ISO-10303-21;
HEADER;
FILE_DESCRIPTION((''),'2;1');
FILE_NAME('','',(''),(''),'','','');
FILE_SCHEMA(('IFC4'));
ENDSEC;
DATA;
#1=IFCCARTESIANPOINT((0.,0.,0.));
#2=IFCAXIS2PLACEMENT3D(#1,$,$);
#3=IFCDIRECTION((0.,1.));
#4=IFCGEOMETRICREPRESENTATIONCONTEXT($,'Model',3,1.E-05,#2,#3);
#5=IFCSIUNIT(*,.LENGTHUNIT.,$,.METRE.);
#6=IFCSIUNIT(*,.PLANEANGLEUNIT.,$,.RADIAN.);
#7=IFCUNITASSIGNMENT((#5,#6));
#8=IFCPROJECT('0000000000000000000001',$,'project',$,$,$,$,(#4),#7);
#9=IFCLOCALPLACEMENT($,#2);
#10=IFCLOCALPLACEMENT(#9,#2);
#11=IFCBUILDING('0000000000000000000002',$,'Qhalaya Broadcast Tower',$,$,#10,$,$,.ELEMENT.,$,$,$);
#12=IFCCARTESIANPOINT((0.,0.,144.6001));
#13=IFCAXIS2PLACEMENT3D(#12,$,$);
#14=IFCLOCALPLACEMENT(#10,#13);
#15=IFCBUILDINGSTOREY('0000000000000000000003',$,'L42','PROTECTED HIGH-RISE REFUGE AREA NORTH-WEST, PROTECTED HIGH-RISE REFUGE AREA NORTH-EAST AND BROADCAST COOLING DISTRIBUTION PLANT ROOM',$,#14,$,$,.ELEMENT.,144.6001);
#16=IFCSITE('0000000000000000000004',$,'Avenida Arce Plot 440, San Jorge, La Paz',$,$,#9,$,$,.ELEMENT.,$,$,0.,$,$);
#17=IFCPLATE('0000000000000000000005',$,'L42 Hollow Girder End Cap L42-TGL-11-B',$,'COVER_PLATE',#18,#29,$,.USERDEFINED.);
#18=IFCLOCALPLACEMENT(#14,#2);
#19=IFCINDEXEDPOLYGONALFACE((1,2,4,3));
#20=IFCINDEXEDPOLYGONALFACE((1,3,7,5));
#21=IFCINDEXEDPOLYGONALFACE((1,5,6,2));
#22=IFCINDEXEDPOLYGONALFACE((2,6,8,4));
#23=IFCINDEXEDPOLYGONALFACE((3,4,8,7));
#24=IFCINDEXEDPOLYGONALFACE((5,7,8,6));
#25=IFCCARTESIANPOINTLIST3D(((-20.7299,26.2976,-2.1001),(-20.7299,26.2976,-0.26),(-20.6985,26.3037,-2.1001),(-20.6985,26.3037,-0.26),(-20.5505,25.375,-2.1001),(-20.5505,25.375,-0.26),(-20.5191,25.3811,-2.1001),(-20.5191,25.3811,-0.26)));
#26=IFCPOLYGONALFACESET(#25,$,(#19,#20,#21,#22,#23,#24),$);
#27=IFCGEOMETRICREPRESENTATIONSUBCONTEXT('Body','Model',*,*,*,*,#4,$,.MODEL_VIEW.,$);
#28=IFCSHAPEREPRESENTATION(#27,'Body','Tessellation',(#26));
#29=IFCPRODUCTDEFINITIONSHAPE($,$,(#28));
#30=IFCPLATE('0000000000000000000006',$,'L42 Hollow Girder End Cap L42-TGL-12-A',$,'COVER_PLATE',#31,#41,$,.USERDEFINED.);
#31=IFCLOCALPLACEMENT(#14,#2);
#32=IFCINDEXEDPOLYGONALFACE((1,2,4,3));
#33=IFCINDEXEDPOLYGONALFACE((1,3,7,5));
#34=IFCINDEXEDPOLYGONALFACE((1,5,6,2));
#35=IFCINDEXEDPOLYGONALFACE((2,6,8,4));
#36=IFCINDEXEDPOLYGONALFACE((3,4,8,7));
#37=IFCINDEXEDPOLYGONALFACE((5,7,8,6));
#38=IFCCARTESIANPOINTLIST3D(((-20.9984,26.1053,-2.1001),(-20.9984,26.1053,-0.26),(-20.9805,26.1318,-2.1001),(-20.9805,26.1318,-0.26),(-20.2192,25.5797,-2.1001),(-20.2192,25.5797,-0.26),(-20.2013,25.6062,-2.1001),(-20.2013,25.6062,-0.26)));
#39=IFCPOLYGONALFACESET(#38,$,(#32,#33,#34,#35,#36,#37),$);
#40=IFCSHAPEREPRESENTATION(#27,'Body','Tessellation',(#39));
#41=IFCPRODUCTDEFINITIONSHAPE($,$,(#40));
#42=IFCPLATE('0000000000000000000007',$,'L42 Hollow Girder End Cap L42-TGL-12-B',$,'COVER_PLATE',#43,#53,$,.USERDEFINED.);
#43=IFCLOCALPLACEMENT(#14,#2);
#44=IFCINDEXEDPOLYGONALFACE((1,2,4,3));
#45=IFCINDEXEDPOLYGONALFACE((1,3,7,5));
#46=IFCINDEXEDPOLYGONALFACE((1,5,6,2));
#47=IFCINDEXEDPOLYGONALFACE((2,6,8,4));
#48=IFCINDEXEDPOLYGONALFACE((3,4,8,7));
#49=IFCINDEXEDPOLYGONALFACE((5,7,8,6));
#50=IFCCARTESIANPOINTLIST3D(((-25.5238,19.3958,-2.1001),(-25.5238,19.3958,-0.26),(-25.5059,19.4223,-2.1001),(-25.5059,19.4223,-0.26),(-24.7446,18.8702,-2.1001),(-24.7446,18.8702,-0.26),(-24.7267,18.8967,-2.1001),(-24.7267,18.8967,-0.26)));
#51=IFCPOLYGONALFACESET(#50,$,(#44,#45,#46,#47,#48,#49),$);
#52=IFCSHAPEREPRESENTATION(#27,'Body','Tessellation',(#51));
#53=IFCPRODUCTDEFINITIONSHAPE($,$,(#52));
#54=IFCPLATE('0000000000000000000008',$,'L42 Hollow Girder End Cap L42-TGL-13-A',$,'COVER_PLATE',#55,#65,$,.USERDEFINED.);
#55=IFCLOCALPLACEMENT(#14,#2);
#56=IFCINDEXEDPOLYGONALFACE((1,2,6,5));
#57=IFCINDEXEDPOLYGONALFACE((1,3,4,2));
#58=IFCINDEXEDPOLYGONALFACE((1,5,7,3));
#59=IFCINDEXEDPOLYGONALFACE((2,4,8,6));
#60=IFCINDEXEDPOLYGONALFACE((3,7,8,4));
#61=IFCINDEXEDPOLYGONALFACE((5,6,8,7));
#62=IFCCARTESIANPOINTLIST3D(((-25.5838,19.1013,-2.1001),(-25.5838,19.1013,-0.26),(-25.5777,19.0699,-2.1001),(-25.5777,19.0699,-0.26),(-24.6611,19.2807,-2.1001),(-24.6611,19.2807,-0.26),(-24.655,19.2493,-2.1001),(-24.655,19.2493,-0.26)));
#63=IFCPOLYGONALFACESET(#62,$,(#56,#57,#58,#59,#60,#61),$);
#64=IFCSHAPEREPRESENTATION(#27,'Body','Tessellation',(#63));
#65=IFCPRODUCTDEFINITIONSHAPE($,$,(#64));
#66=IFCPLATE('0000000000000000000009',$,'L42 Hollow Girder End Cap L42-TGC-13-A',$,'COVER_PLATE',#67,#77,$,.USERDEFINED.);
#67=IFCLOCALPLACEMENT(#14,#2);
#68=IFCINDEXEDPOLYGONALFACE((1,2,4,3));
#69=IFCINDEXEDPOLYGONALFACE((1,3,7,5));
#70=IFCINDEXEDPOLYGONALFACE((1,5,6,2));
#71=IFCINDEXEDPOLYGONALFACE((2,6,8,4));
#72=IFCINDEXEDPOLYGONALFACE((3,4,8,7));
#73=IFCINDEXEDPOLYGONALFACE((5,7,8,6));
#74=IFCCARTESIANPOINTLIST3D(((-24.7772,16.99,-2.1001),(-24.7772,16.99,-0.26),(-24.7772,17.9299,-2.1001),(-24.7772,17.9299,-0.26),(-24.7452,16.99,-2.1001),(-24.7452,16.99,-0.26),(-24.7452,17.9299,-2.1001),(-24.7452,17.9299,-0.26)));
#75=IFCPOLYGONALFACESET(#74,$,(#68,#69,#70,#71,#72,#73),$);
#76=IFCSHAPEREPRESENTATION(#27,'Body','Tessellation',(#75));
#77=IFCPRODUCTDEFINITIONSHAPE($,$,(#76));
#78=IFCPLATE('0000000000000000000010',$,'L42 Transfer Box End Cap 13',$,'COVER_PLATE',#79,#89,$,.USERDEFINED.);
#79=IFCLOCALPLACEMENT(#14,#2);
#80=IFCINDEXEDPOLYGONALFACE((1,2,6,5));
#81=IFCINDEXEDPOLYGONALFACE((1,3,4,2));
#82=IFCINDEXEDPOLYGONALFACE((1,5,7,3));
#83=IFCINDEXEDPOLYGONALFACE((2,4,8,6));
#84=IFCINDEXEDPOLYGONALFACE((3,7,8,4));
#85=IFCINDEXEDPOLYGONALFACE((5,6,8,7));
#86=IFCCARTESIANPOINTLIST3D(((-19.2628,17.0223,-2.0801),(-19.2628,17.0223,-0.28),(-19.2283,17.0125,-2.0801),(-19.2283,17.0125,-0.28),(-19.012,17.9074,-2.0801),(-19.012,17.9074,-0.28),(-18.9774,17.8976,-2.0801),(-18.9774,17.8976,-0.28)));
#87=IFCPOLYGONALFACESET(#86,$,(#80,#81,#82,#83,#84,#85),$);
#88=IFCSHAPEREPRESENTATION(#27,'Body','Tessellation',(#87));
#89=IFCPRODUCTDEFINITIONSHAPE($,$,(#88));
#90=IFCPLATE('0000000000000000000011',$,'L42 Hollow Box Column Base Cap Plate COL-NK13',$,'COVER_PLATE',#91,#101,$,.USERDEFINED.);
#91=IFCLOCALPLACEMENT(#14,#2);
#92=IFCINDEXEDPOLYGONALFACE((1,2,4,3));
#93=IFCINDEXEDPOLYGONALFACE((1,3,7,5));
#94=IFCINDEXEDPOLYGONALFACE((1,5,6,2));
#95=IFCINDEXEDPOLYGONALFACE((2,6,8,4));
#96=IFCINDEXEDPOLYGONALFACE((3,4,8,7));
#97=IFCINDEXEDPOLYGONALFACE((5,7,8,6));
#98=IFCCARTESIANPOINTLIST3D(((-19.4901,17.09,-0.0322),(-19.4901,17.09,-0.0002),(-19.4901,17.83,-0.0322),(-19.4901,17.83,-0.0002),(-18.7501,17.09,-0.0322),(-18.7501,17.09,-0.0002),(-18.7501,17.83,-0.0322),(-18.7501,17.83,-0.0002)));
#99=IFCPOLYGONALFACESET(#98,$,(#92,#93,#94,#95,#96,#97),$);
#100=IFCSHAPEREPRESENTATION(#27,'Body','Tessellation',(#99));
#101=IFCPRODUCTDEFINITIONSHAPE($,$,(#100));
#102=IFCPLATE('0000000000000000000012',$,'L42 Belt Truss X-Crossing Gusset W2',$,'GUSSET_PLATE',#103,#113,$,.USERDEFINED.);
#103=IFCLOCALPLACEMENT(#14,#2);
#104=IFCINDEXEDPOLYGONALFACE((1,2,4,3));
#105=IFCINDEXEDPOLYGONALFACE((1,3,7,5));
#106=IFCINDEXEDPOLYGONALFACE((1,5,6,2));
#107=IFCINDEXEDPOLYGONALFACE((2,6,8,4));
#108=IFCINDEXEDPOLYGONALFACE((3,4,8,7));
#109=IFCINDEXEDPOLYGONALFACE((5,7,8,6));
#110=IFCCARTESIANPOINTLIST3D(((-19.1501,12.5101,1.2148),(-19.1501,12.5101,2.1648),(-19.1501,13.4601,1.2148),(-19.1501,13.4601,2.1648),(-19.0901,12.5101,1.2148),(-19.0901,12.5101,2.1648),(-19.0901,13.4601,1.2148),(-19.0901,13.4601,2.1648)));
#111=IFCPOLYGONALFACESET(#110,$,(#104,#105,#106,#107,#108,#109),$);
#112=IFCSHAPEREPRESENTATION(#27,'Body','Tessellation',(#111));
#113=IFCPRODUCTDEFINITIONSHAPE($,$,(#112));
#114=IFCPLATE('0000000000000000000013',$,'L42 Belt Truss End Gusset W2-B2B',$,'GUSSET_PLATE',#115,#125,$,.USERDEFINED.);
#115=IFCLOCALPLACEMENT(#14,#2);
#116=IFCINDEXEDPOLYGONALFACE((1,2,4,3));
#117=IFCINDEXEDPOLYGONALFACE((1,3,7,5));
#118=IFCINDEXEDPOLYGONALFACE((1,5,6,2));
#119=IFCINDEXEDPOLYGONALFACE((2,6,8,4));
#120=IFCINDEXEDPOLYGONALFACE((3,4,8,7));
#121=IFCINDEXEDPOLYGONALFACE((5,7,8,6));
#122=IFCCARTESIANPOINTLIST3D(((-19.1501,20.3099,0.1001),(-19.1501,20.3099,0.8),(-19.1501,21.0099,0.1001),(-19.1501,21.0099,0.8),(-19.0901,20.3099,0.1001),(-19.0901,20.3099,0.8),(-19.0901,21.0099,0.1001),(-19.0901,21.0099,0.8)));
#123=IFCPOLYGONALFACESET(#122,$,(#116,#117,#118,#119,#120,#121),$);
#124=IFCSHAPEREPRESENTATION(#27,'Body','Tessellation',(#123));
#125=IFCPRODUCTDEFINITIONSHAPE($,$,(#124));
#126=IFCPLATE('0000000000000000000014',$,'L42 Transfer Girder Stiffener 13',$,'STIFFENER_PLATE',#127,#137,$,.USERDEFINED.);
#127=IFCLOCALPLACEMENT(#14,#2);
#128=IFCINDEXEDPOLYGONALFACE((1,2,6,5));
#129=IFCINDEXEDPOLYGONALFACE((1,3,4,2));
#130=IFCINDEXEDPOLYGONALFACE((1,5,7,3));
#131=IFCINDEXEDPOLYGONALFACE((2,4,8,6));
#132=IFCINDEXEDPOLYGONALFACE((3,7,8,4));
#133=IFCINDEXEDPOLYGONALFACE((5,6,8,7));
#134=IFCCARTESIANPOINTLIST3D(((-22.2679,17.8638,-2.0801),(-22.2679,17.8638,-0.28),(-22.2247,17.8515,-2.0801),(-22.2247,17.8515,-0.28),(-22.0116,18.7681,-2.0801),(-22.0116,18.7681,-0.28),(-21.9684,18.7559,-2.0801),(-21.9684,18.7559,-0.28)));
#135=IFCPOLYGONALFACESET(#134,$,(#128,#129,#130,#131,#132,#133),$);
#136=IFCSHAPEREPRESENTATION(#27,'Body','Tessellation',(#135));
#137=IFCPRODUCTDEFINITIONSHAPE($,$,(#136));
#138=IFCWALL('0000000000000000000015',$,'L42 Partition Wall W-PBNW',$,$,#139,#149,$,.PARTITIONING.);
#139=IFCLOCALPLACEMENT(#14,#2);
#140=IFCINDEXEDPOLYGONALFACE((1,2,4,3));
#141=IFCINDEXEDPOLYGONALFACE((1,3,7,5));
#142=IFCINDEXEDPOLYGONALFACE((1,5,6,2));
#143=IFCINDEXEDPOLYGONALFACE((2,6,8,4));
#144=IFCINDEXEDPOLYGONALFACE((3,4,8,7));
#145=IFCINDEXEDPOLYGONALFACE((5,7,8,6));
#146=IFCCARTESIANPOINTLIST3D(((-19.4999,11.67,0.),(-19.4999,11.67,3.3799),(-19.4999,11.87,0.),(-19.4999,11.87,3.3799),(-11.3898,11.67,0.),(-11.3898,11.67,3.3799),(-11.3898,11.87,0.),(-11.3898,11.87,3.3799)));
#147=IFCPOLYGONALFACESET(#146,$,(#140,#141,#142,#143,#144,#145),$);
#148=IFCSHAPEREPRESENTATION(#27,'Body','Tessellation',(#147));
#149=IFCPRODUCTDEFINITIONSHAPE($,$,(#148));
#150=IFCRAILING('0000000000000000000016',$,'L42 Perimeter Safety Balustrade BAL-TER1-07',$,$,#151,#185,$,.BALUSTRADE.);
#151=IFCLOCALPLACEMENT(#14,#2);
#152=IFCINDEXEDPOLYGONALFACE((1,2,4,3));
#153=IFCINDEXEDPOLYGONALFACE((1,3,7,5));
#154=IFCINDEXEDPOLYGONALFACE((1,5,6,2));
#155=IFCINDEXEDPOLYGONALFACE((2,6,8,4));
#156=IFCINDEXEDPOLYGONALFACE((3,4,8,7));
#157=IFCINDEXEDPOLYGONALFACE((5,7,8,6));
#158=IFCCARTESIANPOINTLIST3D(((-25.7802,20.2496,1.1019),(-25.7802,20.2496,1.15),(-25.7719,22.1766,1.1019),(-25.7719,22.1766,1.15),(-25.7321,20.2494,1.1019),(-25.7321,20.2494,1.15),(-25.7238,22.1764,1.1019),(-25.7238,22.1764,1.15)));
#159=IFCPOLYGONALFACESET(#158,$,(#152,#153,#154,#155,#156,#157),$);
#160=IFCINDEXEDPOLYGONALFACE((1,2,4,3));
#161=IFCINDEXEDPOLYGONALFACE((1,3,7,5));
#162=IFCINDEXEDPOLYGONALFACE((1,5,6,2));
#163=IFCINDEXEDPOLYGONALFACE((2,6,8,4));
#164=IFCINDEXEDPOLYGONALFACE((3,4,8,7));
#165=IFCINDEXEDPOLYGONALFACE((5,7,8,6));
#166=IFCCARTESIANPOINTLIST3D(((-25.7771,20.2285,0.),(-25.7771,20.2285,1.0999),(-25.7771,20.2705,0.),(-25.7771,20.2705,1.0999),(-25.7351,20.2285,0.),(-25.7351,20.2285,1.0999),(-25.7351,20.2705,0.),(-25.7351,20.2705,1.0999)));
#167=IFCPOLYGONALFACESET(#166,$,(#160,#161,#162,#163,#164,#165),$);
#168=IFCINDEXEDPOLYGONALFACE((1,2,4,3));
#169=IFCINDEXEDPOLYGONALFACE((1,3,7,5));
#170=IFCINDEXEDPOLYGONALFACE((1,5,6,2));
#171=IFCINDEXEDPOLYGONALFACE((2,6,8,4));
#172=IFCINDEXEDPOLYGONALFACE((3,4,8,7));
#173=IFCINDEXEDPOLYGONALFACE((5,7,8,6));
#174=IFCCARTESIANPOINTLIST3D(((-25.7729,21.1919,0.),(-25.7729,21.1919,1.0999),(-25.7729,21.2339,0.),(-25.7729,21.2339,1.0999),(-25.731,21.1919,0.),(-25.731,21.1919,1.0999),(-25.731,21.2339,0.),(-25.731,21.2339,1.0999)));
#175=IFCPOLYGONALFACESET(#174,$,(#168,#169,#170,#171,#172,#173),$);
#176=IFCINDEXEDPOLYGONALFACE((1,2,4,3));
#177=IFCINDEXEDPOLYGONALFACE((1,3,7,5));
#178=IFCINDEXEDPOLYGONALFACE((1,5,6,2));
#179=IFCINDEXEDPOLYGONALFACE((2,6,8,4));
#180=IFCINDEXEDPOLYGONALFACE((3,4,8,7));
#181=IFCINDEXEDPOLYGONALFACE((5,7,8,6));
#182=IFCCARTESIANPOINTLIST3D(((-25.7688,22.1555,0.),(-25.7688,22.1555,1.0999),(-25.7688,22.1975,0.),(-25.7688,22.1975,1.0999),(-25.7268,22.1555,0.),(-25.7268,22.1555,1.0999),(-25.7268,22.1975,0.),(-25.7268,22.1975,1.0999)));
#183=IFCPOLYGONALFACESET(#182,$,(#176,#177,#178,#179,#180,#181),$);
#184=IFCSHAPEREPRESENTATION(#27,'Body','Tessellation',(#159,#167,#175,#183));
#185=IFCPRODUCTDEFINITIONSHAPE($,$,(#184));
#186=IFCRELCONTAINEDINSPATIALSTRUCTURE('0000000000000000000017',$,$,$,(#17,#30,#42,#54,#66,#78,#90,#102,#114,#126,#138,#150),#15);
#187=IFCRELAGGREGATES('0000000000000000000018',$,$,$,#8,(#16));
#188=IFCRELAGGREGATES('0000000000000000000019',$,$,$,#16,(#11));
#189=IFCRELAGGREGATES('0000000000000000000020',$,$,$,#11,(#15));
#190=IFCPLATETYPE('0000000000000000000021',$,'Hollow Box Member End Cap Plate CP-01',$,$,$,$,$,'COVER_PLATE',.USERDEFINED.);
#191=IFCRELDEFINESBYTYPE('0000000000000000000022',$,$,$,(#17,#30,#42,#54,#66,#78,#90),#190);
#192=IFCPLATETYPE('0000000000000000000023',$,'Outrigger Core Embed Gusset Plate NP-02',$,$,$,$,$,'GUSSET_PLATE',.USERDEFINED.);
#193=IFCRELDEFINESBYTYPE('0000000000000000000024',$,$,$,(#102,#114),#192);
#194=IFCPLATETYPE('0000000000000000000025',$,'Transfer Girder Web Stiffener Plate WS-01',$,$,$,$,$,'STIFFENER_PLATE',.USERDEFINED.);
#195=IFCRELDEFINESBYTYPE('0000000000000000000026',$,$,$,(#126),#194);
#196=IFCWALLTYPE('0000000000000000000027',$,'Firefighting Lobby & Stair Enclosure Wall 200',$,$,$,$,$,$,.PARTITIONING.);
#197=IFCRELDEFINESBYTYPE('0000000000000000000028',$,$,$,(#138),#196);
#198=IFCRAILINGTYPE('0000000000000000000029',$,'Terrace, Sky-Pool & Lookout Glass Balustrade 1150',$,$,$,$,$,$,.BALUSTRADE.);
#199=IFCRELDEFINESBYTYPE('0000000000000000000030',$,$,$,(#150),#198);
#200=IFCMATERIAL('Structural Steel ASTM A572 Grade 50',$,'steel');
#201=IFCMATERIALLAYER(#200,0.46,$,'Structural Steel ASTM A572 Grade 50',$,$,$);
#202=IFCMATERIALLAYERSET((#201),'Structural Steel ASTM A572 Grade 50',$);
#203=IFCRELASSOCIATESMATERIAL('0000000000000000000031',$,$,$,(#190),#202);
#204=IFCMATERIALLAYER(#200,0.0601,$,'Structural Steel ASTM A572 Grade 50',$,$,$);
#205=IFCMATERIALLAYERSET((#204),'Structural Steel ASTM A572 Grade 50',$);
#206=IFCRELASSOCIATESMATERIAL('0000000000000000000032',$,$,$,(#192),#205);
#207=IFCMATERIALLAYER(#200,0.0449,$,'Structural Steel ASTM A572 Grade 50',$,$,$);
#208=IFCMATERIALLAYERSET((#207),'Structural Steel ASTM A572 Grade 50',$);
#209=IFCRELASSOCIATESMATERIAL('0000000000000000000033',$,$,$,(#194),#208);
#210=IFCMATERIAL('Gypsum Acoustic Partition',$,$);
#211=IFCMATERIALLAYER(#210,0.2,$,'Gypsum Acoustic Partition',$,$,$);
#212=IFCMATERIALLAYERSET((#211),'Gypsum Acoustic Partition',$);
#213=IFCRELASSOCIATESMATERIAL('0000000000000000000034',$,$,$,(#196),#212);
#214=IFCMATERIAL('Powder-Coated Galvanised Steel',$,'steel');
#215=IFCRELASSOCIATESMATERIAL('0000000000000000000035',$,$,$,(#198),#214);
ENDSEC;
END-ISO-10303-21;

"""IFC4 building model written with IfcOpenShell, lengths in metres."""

from ifc_helpers import new_model, si_unit, direction, frame, frame_2d, origin, origin_2d, place, context, subcontext, project, spatial, rectangle, extrude, material, layer, layer_set, type_object, element, save


model = new_model("IFC4")

# Units and contexts
model_context = context("Model", 3, precision=1e-05, world=origin(), true_north=direction((0.0, 1.0)))
body_context = subcontext(model_context, "Body", "Model", "MODEL_VIEW")
ifc_project = project(units=[si_unit("LENGTHUNIT", "METRE"), si_unit("PLANEANGLEUNIT", "RADIAN")], contexts=[model_context])

# Site, building, storey
site_placement = place(None, origin())
site = spatial("IfcSite", under=ifc_project, at=site_placement, Name="Avenida Arce Plot 440, San Jorge, La Paz", CompositionType="ELEMENT", RefElevation=0.0)
building_placement = place(site_placement, origin())
building = spatial("IfcBuilding", under=site, at=building_placement, Name="Qhalaya Broadcast Tower", CompositionType="ELEMENT")
storey_placement = place(building_placement, frame((0.0, 0.0, 144.6001)))
storey = spatial("IfcBuildingStorey", under=building, at=storey_placement, Name="L42", Description="PROTECTED HIGH-RISE REFUGE AREA NORTH-WEST, PROTECTED HIGH-RISE REFUGE AREA NORTH-EAST AND BROADCAST COOLING DISTRIBUTION PLANT ROOM", CompositionType="ELEMENT", Elevation=144.6001)

# Shared definitions
ifc_material_1 = material(Name="Structural Steel ASTM A572 Grade 50", Category="steel")

# Plates
ifc_layer_1 = layer(ifc_material_1, 0.46, Name="Structural Steel ASTM A572 Grade 50")
ifc_layer_set_1 = layer_set([ifc_layer_1], Name="Structural Steel ASTM A572 Grade 50")
plate_type_1 = type_object("IfcPlateType", Name="Hollow Box Member End Cap Plate CP-01", ElementType="COVER_PLATE", PredefinedType="USERDEFINED", material=ifc_layer_set_1)
for number, where, z_axis, x_axis, name in (
    (1, (-20.6245, 25.8394, -2.1001), (0.0, 0.0, 1.0), (0.190809, -0.981627, 0.0), "L42 Hollow Girder End Cap L42-TGL-11-B"),
    (2, (-20.5999, 25.8557, -2.1001), (0.0, 0.0, 1.0), (0.829038, -0.559193, 0.0), "L42 Hollow Girder End Cap L42-TGL-12-A"),
    (3, (-25.1252, 19.1462, -2.1001), (0.0, 0.0, 1.0), (0.829038, -0.559193, 0.0), "L42 Hollow Girder End Cap L42-TGL-12-B"),
    (4, (-25.1194, 19.1753, -2.1001), (0.0, 0.0, 1.0), (0.981627, 0.190809, 0.0), "L42 Hollow Girder End Cap L42-TGL-13-A"),
    (5, (-24.7612, 17.46, -2.1001), (0.0, 0.0, 1.0), (0.0, 1.0, 0.0), "L42 Hollow Girder End Cap L42-TGC-13-A"),
):
    element("IfcPlate", number, at=place(storey_placement, frame(where, z_axis=z_axis, x_axis=x_axis)), inside=storey, type_object=plate_type_1, Name=name, ObjectType="COVER_PLATE", PredefinedType="USERDEFINED", context=body_context, shape_type="SweptSolid", body=[
        extrude(rectangle(XDim=0.9399, YDim=0.032, at=origin_2d()), origin(), (0.0, 0.0, 1.0), 1.8401),
    ])
plate_1_placement = place(storey_placement, frame((-19.1201, 17.46, -2.0801), z_axis=(0.0, 0.0, 1.0), x_axis=(0.272683, 0.962104, 0.0)))
element("IfcPlate", 6, at=plate_1_placement, inside=storey, type_object=plate_type_1, Name="L42 Transfer Box End Cap 13", ObjectType="COVER_PLATE", PredefinedType="USERDEFINED", context=body_context, shape_type="SweptSolid", body=[
    extrude(rectangle(XDim=0.9199, YDim=0.0359, at=origin_2d()), origin(), (0.0, 0.0, 1.0), 1.8),
])
plate_2_placement = place(storey_placement, frame((-19.1201, 17.46, -0.0322), z_axis=(0.0, 0.0, 1.0), x_axis=(0.0, 1.0, 0.0)))
element("IfcPlate", 7, at=plate_2_placement, inside=storey, type_object=plate_type_1, Name="L42 Hollow Box Column Base Cap Plate COL-NK13", ObjectType="COVER_PLATE", PredefinedType="USERDEFINED", context=body_context, shape_type="SweptSolid", body=[
    extrude(rectangle(XDim=0.74, YDim=0.74, at=origin_2d()), origin(), (0.0, 0.0, 1.0), 0.032),
])
ifc_layer_2 = layer(ifc_material_1, 0.0601, Name="Structural Steel ASTM A572 Grade 50")
ifc_layer_set_2 = layer_set([ifc_layer_2], Name="Structural Steel ASTM A572 Grade 50")
plate_type_2 = type_object("IfcPlateType", Name="Outrigger Core Embed Gusset Plate NP-02", ElementType="GUSSET_PLATE", PredefinedType="USERDEFINED", material=ifc_layer_set_2)
plate_3_placement = place(storey_placement, frame((-19.1201, 12.9851, 1.2148), z_axis=(0.0, 0.0, 1.0), x_axis=(0.0, 1.0, 0.0)))
element("IfcPlate", 8, at=plate_3_placement, inside=storey, type_object=plate_type_2, Name="L42 Belt Truss X-Crossing Gusset W2", ObjectType="GUSSET_PLATE", PredefinedType="USERDEFINED", context=body_context, shape_type="SweptSolid", body=[
    extrude(rectangle(XDim=0.95, YDim=0.0601, at=origin_2d()), origin(), (0.0, 0.0, 1.0), 0.95),
])
plate_4_placement = place(storey_placement, frame((-19.1201, 20.6599, 0.1001), z_axis=(0.0, 0.0, 1.0), x_axis=(0.0, 1.0, 0.0)))
element("IfcPlate", 9, at=plate_4_placement, inside=storey, type_object=plate_type_2, Name="L42 Belt Truss End Gusset W2-B2B", ObjectType="GUSSET_PLATE", PredefinedType="USERDEFINED", context=body_context, shape_type="SweptSolid", body=[
    extrude(rectangle(XDim=0.7, YDim=0.0601, at=origin_2d()), origin(), (0.0, 0.0, 1.0), 0.7),
])
ifc_layer_3 = layer(ifc_material_1, 0.0449, Name="Structural Steel ASTM A572 Grade 50")
ifc_layer_set_3 = layer_set([ifc_layer_3], Name="Structural Steel ASTM A572 Grade 50")
plate_type_3 = type_object("IfcPlateType", Name="Transfer Girder Web Stiffener Plate WS-01", ElementType="STIFFENER_PLATE", PredefinedType="USERDEFINED", material=ifc_layer_set_3)
plate_5_placement = place(storey_placement, frame((-22.1182, 18.3098, -2.0801), z_axis=(0.0, 0.0, 1.0), x_axis=(0.272683, 0.962104, 0.0)))
element("IfcPlate", 10, at=plate_5_placement, inside=storey, type_object=plate_type_3, Name="L42 Transfer Girder Stiffener 13", ObjectType="STIFFENER_PLATE", PredefinedType="USERDEFINED", context=body_context, shape_type="SweptSolid", body=[
    extrude(rectangle(XDim=0.9399, YDim=0.0449, at=origin_2d()), origin(), (0.0, 0.0, 1.0), 1.8),
])

# Wall
ifc_material_2 = material(Name="Gypsum Acoustic Partition")
ifc_layer_4 = layer(ifc_material_2, 0.2, Name="Gypsum Acoustic Partition")
ifc_layer_set_4 = layer_set([ifc_layer_4], Name="Gypsum Acoustic Partition")
wall_type = type_object("IfcWallType", Name="Firefighting Lobby & Stair Enclosure Wall 200", PredefinedType="PARTITIONING", material=ifc_layer_set_4)
wall_placement = place(storey_placement, frame((-19.5, 11.77, 0.0), z_axis=(0.0, 0.0, 1.0), x_axis=(1.0, 0.0, 0.0)))
element("IfcWall", 11, at=wall_placement, inside=storey, type_object=wall_type, Name="L42 Partition Wall W-PBNW", PredefinedType="PARTITIONING", context=body_context, shape_type="SweptSolid", body=[
    extrude(rectangle(XDim=8.1101, YDim=0.2, at=frame_2d((4.0552, 0.0))), origin(), (0.0, 0.0, 1.0), 3.3799),
])

# Railing
ifc_material_3 = material(Name="Powder-Coated Galvanised Steel", Category="steel")
railing_type = type_object("IfcRailingType", Name="Terrace, Sky-Pool & Lookout Glass Balustrade 1150", PredefinedType="BALUSTRADE", material=ifc_material_3)
railing_1_placement = place(storey_placement, frame((-25.7561, 20.2495, 0.0)))
element("IfcRailing", 12, at=railing_1_placement, inside=storey, type_object=railing_type, Name="L42 Perimeter Safety Balustrade BAL-TER1-07", PredefinedType="BALUSTRADE", context=body_context, shape_type="SweptSolid", body=[
    extrude(rectangle(XDim=0.0481, YDim=0.0481, at=origin_2d()), frame((0.0, 0.0, 1.126), z_axis=(0.004308, 0.999991, 0.0), x_axis=(-0.999991, 0.004308, 0.0)), (0.0, 0.0, 1.0), 1.927),
    extrude(rectangle(XDim=0.042, YDim=0.042, at=origin_2d()), origin(), (0.0, 0.0, 1.0), 1.0999),
    extrude(rectangle(XDim=0.042, YDim=0.042, at=origin_2d()), frame((0.0042, 0.9634, 0.0)), (0.0, 0.0, 1.0), 1.0999),
    extrude(rectangle(XDim=0.042, YDim=0.042, at=origin_2d()), frame((0.0083, 1.927, 0.0)), (0.0, 0.0, 1.0), 1.0999),
])

save(model, "model.ifc")
